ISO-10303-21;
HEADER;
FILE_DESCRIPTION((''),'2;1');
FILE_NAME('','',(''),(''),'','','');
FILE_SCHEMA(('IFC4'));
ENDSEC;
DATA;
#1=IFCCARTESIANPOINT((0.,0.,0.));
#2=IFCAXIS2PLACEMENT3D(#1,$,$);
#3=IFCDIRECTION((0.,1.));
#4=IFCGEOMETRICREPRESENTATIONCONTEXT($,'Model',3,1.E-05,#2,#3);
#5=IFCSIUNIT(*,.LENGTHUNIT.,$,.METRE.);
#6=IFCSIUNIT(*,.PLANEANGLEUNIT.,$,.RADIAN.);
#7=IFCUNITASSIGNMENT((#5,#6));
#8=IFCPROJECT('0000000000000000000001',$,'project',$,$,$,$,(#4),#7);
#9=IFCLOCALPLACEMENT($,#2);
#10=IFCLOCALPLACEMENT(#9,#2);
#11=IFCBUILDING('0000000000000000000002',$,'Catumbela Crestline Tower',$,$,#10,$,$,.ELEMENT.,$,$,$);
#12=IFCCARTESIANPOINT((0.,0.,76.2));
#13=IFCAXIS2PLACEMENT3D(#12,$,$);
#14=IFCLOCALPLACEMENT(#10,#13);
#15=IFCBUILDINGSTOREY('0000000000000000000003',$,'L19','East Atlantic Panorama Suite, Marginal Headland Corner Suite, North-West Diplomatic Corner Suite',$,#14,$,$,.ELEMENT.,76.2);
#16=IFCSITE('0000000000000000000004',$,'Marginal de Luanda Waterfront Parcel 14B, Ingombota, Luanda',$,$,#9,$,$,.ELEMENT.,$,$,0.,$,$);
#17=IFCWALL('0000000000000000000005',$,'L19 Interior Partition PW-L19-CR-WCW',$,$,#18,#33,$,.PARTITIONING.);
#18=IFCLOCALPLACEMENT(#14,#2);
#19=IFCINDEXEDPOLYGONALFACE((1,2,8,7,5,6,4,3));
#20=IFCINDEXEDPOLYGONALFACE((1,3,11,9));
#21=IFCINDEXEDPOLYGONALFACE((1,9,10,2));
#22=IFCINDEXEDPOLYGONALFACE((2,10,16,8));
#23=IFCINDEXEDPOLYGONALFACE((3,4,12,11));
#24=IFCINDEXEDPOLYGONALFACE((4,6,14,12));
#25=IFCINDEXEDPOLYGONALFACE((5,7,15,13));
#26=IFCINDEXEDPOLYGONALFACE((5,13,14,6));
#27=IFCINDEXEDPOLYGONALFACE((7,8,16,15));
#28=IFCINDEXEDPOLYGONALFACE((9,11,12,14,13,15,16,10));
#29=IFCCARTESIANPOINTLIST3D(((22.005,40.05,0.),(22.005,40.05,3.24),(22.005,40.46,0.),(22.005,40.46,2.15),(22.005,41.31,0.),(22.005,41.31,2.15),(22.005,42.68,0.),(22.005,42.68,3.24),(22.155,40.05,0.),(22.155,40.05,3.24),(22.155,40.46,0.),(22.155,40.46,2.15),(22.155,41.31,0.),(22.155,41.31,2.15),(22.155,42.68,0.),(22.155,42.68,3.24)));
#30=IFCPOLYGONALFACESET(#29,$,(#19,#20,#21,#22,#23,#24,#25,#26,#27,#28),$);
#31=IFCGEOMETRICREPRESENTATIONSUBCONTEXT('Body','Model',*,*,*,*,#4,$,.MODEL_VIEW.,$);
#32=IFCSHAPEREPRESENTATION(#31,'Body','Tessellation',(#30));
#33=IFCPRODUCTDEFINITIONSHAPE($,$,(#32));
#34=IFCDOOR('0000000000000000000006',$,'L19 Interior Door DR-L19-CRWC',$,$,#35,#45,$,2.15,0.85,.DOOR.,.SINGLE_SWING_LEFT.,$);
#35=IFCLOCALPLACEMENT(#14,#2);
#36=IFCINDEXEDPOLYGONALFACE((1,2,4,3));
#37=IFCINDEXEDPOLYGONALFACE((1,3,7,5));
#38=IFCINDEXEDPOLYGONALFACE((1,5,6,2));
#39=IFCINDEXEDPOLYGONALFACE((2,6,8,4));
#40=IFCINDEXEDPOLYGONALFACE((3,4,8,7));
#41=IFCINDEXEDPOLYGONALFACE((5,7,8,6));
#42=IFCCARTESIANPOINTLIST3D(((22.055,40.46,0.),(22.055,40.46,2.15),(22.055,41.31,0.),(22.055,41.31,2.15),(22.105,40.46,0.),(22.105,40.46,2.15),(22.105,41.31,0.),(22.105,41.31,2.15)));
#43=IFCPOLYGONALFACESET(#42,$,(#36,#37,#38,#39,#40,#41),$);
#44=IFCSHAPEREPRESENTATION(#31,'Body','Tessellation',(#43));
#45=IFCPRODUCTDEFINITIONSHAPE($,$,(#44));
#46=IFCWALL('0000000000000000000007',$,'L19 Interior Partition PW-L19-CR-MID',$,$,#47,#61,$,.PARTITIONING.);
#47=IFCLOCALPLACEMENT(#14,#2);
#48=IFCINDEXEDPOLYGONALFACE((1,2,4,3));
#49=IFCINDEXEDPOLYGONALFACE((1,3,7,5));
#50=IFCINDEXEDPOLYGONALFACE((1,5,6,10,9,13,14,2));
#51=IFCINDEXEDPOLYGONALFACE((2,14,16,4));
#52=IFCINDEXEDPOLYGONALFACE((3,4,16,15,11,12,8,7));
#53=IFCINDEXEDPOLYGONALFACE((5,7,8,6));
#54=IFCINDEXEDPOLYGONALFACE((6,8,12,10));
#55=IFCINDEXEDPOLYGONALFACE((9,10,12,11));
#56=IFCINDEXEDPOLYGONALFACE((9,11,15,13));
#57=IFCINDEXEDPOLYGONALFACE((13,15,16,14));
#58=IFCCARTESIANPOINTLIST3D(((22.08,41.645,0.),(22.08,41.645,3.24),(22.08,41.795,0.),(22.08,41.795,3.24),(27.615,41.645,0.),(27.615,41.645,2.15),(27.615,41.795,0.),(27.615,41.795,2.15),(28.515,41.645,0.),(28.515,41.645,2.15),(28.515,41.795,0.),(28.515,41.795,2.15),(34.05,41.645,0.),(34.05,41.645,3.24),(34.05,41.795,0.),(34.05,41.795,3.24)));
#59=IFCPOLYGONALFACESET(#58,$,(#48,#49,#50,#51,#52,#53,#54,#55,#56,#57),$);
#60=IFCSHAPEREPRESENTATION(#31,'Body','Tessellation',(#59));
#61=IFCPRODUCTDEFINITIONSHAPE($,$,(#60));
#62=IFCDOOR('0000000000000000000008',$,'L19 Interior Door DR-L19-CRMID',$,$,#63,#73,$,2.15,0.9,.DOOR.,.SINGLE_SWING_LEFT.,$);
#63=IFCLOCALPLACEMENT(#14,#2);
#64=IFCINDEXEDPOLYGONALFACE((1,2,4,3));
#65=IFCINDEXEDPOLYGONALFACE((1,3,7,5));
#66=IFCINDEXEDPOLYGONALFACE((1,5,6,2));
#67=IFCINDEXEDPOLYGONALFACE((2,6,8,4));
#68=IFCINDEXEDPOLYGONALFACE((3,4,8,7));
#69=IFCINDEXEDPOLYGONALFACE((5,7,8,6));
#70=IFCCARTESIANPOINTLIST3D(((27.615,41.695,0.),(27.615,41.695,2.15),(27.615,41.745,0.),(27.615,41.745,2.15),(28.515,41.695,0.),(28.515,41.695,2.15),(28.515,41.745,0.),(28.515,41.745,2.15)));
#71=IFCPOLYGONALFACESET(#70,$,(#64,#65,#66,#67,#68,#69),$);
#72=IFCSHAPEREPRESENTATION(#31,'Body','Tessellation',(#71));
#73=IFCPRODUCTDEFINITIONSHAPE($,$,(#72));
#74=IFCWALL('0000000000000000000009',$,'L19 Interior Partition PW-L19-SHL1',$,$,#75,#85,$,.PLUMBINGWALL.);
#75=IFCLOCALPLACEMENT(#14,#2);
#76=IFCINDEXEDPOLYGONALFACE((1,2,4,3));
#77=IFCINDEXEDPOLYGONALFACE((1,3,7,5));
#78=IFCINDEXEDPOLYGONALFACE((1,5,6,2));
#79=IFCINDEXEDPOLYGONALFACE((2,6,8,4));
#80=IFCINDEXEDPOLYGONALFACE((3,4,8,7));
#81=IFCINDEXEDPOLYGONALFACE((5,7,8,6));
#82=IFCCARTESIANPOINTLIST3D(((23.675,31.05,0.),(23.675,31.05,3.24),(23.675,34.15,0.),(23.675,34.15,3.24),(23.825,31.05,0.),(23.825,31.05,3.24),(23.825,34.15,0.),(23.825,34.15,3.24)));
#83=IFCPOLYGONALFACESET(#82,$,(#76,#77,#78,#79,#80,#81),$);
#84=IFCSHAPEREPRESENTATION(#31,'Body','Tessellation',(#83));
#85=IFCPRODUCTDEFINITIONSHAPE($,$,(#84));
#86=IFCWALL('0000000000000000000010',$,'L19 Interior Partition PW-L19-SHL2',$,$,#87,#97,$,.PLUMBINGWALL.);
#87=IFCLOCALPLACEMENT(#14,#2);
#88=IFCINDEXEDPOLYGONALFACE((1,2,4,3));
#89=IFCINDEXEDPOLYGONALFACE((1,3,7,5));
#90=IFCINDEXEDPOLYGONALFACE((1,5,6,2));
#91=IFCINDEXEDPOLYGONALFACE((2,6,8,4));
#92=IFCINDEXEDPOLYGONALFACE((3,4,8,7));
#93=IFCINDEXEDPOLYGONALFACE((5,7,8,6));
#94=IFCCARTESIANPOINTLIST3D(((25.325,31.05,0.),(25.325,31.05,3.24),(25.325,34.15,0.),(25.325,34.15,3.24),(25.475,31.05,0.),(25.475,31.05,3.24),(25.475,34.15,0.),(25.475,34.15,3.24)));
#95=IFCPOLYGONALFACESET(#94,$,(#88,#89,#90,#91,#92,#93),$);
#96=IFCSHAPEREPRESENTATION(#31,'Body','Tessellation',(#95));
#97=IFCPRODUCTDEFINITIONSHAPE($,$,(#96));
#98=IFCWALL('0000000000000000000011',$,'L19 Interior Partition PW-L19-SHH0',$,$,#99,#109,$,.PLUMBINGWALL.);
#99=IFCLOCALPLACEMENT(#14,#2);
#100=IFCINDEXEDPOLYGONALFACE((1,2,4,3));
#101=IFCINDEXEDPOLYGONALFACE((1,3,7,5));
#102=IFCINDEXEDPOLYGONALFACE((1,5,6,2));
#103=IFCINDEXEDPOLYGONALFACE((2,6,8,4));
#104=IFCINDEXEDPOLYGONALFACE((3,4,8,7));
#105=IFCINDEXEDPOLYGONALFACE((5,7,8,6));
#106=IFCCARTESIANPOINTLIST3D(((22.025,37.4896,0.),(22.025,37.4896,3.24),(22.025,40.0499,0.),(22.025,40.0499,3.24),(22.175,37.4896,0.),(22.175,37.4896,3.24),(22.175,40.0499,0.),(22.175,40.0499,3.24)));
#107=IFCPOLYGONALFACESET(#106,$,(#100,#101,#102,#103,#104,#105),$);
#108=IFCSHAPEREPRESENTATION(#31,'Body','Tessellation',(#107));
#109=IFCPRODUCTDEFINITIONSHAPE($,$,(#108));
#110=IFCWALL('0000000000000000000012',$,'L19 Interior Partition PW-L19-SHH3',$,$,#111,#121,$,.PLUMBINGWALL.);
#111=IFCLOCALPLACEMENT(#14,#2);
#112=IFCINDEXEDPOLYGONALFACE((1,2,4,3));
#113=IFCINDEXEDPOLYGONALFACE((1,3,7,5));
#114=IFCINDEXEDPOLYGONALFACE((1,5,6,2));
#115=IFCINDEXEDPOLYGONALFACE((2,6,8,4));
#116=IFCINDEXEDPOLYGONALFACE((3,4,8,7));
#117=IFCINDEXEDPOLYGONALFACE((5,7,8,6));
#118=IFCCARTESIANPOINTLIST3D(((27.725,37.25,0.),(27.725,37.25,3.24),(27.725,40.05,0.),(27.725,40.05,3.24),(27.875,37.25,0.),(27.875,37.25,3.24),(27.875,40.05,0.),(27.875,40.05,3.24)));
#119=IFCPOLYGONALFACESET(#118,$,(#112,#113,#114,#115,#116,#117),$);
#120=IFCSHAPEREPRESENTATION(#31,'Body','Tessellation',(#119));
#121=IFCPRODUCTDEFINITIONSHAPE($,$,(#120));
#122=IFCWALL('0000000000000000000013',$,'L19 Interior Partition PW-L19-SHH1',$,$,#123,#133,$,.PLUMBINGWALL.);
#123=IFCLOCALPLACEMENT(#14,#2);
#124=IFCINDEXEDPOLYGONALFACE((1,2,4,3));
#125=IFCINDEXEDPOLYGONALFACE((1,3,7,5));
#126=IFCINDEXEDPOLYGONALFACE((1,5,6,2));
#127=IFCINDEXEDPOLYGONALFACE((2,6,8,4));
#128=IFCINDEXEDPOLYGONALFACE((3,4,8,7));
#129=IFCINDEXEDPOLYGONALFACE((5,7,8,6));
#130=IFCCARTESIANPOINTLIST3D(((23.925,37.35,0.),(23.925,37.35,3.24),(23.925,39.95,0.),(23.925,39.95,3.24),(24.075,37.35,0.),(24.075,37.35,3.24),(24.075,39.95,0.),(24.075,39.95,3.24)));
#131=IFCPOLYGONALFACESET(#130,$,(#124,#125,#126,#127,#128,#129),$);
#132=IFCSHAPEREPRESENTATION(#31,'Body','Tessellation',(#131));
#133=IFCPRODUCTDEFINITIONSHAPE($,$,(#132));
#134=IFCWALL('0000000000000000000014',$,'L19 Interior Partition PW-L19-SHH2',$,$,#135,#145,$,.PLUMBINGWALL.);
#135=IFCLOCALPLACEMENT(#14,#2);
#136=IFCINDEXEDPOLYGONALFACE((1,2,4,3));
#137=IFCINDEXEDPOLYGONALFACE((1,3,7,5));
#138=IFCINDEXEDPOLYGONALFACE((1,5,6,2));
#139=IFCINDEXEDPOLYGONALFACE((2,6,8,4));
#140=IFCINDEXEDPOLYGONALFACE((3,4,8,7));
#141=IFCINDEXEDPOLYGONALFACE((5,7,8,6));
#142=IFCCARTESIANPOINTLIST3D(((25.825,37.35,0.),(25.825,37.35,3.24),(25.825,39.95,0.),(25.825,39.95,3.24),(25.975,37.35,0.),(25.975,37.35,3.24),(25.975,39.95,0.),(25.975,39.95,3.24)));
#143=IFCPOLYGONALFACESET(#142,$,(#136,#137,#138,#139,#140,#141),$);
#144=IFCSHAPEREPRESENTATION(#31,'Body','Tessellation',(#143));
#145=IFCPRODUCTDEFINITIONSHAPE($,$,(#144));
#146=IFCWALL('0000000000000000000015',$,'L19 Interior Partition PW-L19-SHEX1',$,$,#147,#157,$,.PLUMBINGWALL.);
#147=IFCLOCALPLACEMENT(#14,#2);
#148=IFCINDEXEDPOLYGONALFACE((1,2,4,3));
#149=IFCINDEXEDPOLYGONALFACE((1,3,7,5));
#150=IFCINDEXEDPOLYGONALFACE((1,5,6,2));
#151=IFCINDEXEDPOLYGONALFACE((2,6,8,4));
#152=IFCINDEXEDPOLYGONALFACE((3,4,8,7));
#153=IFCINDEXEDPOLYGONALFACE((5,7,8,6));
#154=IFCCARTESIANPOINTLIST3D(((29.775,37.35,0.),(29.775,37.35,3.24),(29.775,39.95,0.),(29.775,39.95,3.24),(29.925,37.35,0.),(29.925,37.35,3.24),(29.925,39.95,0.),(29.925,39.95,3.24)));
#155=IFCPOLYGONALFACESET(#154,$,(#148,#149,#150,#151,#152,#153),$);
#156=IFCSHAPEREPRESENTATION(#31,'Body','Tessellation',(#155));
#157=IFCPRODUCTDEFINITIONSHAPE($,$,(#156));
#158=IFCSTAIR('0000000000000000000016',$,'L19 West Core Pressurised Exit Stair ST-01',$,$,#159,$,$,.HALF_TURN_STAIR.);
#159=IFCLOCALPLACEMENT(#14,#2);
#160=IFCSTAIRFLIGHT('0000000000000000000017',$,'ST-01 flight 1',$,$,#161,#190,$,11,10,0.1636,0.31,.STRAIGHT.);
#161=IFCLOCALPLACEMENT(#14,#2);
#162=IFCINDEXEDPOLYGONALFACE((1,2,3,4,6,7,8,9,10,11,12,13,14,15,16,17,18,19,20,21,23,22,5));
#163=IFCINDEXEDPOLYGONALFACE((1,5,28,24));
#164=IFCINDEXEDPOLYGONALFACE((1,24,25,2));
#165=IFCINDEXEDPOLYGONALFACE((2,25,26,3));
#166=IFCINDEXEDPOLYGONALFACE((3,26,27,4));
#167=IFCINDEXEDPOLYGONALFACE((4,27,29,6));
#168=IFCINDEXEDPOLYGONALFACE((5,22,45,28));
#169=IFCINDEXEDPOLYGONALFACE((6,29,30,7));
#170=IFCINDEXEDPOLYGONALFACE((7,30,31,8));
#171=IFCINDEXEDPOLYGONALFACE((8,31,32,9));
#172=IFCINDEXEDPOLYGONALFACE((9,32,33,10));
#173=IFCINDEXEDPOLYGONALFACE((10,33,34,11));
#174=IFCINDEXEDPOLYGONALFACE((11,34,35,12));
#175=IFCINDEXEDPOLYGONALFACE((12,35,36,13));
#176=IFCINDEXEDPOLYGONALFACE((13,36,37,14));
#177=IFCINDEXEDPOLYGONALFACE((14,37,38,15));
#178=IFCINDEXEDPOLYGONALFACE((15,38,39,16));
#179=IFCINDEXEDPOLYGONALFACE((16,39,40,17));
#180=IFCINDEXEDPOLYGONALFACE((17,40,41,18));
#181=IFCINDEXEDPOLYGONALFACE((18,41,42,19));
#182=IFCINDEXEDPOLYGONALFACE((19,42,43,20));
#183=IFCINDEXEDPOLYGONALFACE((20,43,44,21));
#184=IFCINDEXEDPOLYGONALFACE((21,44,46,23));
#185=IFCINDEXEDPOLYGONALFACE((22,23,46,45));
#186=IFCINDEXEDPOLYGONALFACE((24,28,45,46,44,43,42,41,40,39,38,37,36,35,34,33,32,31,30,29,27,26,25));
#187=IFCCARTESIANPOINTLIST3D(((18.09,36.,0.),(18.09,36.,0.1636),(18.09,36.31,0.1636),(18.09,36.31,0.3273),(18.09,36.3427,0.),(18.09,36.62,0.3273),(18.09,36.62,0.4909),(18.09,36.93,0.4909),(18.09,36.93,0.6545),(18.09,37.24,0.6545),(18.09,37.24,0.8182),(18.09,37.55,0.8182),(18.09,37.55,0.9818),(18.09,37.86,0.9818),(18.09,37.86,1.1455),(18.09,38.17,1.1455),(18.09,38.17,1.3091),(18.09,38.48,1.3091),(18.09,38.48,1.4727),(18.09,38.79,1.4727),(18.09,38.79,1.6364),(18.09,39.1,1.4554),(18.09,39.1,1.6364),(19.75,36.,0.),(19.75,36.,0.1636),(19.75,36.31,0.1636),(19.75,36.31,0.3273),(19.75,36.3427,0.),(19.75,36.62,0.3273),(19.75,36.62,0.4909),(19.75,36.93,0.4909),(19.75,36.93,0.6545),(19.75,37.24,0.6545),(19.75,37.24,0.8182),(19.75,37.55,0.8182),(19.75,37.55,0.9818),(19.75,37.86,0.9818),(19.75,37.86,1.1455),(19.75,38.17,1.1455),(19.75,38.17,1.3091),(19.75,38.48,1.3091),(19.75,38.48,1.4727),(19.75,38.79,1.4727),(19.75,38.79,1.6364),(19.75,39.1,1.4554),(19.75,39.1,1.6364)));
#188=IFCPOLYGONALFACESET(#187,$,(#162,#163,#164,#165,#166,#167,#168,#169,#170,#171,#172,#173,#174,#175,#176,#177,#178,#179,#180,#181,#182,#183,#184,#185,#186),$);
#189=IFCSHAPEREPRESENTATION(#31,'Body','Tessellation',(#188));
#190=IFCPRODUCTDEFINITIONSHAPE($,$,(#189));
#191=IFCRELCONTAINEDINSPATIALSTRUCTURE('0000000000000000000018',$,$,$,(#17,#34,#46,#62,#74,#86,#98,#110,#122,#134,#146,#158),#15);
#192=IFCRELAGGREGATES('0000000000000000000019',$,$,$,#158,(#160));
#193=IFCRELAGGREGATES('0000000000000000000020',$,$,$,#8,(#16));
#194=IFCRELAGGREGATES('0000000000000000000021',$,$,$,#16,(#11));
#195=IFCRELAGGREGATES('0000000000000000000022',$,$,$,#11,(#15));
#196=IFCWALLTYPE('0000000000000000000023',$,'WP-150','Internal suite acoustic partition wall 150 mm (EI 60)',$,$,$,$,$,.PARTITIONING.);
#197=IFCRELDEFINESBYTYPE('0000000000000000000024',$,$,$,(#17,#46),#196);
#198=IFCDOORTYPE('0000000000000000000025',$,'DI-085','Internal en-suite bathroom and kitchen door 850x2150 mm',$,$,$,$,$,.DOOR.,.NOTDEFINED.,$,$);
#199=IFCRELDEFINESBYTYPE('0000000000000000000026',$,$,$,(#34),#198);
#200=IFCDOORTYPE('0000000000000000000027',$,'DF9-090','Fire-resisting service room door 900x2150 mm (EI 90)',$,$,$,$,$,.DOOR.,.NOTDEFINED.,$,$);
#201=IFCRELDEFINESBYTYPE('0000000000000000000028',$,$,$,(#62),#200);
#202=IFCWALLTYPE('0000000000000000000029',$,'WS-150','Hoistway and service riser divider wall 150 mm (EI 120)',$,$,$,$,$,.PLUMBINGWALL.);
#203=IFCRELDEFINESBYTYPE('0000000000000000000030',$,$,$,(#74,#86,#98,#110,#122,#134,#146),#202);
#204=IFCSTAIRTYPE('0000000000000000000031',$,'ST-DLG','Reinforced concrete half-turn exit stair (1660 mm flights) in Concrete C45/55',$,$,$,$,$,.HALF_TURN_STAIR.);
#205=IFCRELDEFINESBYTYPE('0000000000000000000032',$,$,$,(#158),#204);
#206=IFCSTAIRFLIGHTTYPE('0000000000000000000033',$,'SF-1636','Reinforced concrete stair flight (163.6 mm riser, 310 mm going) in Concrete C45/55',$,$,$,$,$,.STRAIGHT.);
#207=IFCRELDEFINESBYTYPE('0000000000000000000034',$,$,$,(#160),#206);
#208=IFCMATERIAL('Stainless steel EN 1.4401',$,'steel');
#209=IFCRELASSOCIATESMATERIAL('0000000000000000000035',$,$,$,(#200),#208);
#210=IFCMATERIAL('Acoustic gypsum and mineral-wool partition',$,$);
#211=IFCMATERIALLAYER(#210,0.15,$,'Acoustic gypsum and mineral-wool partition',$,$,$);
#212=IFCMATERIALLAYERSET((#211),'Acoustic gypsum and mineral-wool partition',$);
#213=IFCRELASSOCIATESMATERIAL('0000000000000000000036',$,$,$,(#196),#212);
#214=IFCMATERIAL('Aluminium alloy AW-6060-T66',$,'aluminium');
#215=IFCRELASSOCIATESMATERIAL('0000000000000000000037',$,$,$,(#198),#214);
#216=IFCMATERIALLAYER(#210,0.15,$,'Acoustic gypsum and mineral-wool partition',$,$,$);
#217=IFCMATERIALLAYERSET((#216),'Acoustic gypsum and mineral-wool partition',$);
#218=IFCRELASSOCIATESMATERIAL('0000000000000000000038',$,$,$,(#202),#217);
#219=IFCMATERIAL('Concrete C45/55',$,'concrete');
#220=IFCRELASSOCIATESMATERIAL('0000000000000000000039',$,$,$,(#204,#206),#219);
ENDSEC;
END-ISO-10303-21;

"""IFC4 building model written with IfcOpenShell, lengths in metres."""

from ifc_helpers import new_model, si_unit, direction, frame, frame_2d, origin, place, context, subcontext, project, spatial, polyline, rectangle, outline, extrude, material, layer, layer_set, type_object, element, fill, aggregate, save


model = new_model("IFC4")

# Units and contexts
model_context = context("Model", 3, precision=1e-05, world=origin(), true_north=direction((0.0, 1.0)))
body_context = subcontext(model_context, "Body", "Model", "MODEL_VIEW")
ifc_project = project(units=[si_unit("LENGTHUNIT", "METRE"), si_unit("PLANEANGLEUNIT", "RADIAN")], contexts=[model_context])

# Site, building, storey
site_placement = place(None, origin())
site = spatial("IfcSite", under=ifc_project, at=site_placement, Name="Marginal de Luanda Waterfront Parcel 14B, Ingombota, Luanda", CompositionType="ELEMENT", RefElevation=0.0)
building_placement = place(site_placement, origin())
building = spatial("IfcBuilding", under=site, at=building_placement, Name="Catumbela Crestline Tower", CompositionType="ELEMENT")
storey_placement = place(building_placement, frame((0.0, 0.0, 76.2)))
storey = spatial("IfcBuildingStorey", under=building, at=storey_placement, Name="L19", Description="East Atlantic Panorama Suite, Marginal Headland Corner Suite, North-West Diplomatic Corner Suite", CompositionType="ELEMENT", Elevation=76.2)

# Shared definitions
ifc_material_1 = material(Name="Aluminium alloy AW-6060-T66", Category="aluminium")

# Shared definitions
ifc_material_2 = material(Name="Stainless steel EN 1.4401", Category="steel")

# Shared definitions
door_type_1 = type_object("IfcDoorType", Name="DF9-090", Description="Fire-resisting service room door 900x2150 mm (EI 90)", OperationType="NOTDEFINED", PredefinedType="DOOR", material=ifc_material_2)

# Walls, openings, doors
ifc_material_3 = material(Name="Acoustic gypsum and mineral-wool partition")
ifc_layer_1 = layer(ifc_material_3, 0.15, Name="Acoustic gypsum and mineral-wool partition")
ifc_layer_set_1 = layer_set([ifc_layer_1], Name="Acoustic gypsum and mineral-wool partition")
wall_type_1 = type_object("IfcWallType", Name="WP-150", Description="Internal suite acoustic partition wall 150 mm (EI 60)", PredefinedType="PARTITIONING", material=ifc_layer_set_1)
wall_1_placement = place(storey_placement, frame((22.08, 40.05, 0.0), z_axis=(0.0, 0.0, 1.0), x_axis=(0.0, 1.0, 0.0)))
wall_1 = element("IfcWall", 1, at=wall_1_placement, inside=storey, type_object=wall_type_1, Name="L19 Interior Partition PW-L19-CR-WCW", PredefinedType="PARTITIONING", context=body_context, shape_type="SweptSolid", body=[
    extrude(rectangle(XDim=2.63, YDim=0.15, at=frame_2d((1.315, 0.0))), origin(), (0.0, 0.0, 1.0), 3.24),
])
opening_1_placement = place(wall_1_placement, frame((0.41, 0.0, 0.0)))
opening_1 = element("IfcOpeningElement", 2, at=opening_1_placement, cuts=wall_1, PredefinedType="OPENING", context=body_context, shape_type="SweptSolid", body=[
    extrude(rectangle(XDim=0.85, YDim=2.15, at=frame_2d((0.425, 1.075))), frame((0.0, 0.085, 0.0), z_axis=(0.0, -1.0, 0.0), x_axis=(1.0, 0.0, 0.0)), (0.0, 0.0, 1.0), 0.17),
])
door_type_2 = type_object("IfcDoorType", Name="DI-085", Description="Internal en-suite bathroom and kitchen door 850x2150 mm", OperationType="NOTDEFINED", PredefinedType="DOOR", material=ifc_material_1)
door_1_placement = place(opening_1_placement, origin())
door_1 = element("IfcDoor", 3, at=door_1_placement, inside=storey, type_object=door_type_2, Name="L19 Interior Door DR-L19-CRWC", OperationType="SINGLE_SWING_LEFT", OverallHeight=2.15, OverallWidth=0.85, PredefinedType="DOOR", context=body_context, shape_type="SweptSolid", body=[
    extrude(rectangle(XDim=0.85, YDim=2.15, at=frame_2d((0.425, 1.075))), frame((0.0, 0.025, 0.0), z_axis=(0.0, -1.0, 0.0), x_axis=(1.0, 0.0, 0.0)), (0.0, 0.0, 1.0), 0.05),
])
fill(opening_1, door_1)
wall_2_placement = place(storey_placement, frame((22.08, 41.72, 0.0), z_axis=(0.0, 0.0, 1.0), x_axis=(1.0, 0.0, 0.0)))
wall_2 = element("IfcWall", 4, at=wall_2_placement, inside=storey, type_object=wall_type_1, Name="L19 Interior Partition PW-L19-CR-MID", PredefinedType="PARTITIONING", context=body_context, shape_type="SweptSolid", body=[
    extrude(rectangle(XDim=11.97, YDim=0.15, at=frame_2d((5.985, 0.0))), origin(), (0.0, 0.0, 1.0), 3.24),
])
opening_2_placement = place(wall_2_placement, frame((5.535, 0.0, 0.0)))
opening_2 = element("IfcOpeningElement", 5, at=opening_2_placement, cuts=wall_2, PredefinedType="OPENING", context=body_context, shape_type="SweptSolid", body=[
    extrude(rectangle(XDim=0.9, YDim=2.15, at=frame_2d((0.45, 1.075))), frame((0.0, 0.085, 0.0), z_axis=(0.0, -1.0, 0.0), x_axis=(1.0, 0.0, 0.0)), (0.0, 0.0, 1.0), 0.17),
])
door_2_placement = place(opening_2_placement, origin())
door_2 = element("IfcDoor", 6, at=door_2_placement, inside=storey, type_object=door_type_1, Name="L19 Interior Door DR-L19-CRMID", OperationType="SINGLE_SWING_LEFT", OverallHeight=2.15, OverallWidth=0.9, PredefinedType="DOOR", context=body_context, shape_type="SweptSolid", body=[
    extrude(rectangle(XDim=0.9, YDim=2.15, at=frame_2d((0.45, 1.075))), frame((0.0, 0.025, 0.0), z_axis=(0.0, -1.0, 0.0), x_axis=(1.0, 0.0, 0.0)), (0.0, 0.0, 1.0), 0.05),
])
fill(opening_2, door_2)

# Walls
ifc_layer_2 = layer(ifc_material_3, 0.15, Name="Acoustic gypsum and mineral-wool partition")
ifc_layer_set_2 = layer_set([ifc_layer_2], Name="Acoustic gypsum and mineral-wool partition")
wall_type_2 = type_object("IfcWallType", Name="WS-150", Description="Hoistway and service riser divider wall 150 mm (EI 120)", PredefinedType="PLUMBINGWALL", material=ifc_layer_set_2)
for number, where, z_axis, x_axis, name in (
    (7, (23.75, 31.05, 0.0), (0.0, 0.0, 1.0), (0.0, 1.0, 0.0), "L19 Interior Partition PW-L19-SHL1"),
    (8, (25.4, 31.05, 0.0), (0.0, 0.0, 1.0), (0.0, 1.0, 0.0), "L19 Interior Partition PW-L19-SHL2"),
):
    element("IfcWall", number, at=place(storey_placement, frame(where, z_axis=z_axis, x_axis=x_axis)), inside=storey, type_object=wall_type_2, Name=name, PredefinedType="PLUMBINGWALL", context=body_context, shape_type="SweptSolid", body=[
        extrude(rectangle(XDim=3.1, YDim=0.15, at=frame_2d((1.55, 0.0))), origin(), (0.0, 0.0, 1.0), 3.24),
    ])
wall_3_placement = place(storey_placement, frame((22.1, 37.4897, 0.0), z_axis=(0.0, 0.0, 1.0), x_axis=(0.0, 1.0, 0.0)))
element("IfcWall", 9, at=wall_3_placement, inside=storey, type_object=wall_type_2, Name="L19 Interior Partition PW-L19-SHH0", PredefinedType="PLUMBINGWALL", context=body_context, shape_type="SweptSolid", body=[
    extrude(rectangle(XDim=2.5603, YDim=0.15, at=frame_2d((1.2801, 0.0))), origin(), (0.0, 0.0, 1.0), 3.24),
])
wall_4_placement = place(storey_placement, frame((27.8, 37.25, 0.0), z_axis=(0.0, 0.0, 1.0), x_axis=(0.0, 1.0, 0.0)))
element("IfcWall", 10, at=wall_4_placement, inside=storey, type_object=wall_type_2, Name="L19 Interior Partition PW-L19-SHH3", PredefinedType="PLUMBINGWALL", context=body_context, shape_type="SweptSolid", body=[
    extrude(rectangle(XDim=2.8, YDim=0.15, at=frame_2d((1.4, 0.0))), origin(), (0.0, 0.0, 1.0), 3.24),
])
for number, where, z_axis, x_axis, name in (
    (11, (24.0, 37.35, 0.0), (0.0, 0.0, 1.0), (0.0, 1.0, 0.0), "L19 Interior Partition PW-L19-SHH1"),
    (12, (25.9, 37.35, 0.0), (0.0, 0.0, 1.0), (0.0, 1.0, 0.0), "L19 Interior Partition PW-L19-SHH2"),
    (13, (29.85, 37.35, 0.0), (0.0, 0.0, 1.0), (0.0, 1.0, 0.0), "L19 Interior Partition PW-L19-SHEX1"),
):
    element("IfcWall", number, at=place(storey_placement, frame(where, z_axis=z_axis, x_axis=x_axis)), inside=storey, type_object=wall_type_2, Name=name, PredefinedType="PLUMBINGWALL", context=body_context, shape_type="SweptSolid", body=[
        extrude(rectangle(XDim=2.6, YDim=0.15, at=frame_2d((1.3, 0.0))), origin(), (0.0, 0.0, 1.0), 3.24),
    ])

# Stair, stair flight
ifc_material_4 = material(Name="Concrete C45/55", Category="concrete")
stair_type = type_object("IfcStairType", Name="ST-DLG", Description="Reinforced concrete half-turn exit stair (1660 mm flights) in Concrete C45/55", PredefinedType="HALF_TURN_STAIR", material=ifc_material_4)
stair_placement = place(storey_placement, origin())
stair = element("IfcStair", 14, at=stair_placement, inside=storey, type_object=stair_type, Name="L19 West Core Pressurised Exit Stair ST-01", PredefinedType="HALF_TURN_STAIR")
stair_flight_type = type_object("IfcStairFlightType", Name="SF-1636", Description="Reinforced concrete stair flight (163.6 mm riser, 310 mm going) in Concrete C45/55", PredefinedType="STRAIGHT", material=ifc_material_4)
stair_flight_placement = place(storey_placement, frame((18.92, 36.0, 0.0), z_axis=(0.0, 0.0, 1.0), x_axis=(0.0, 1.0, 0.0)))
stair_flight = element("IfcStairFlight", 15, at=stair_flight_placement, type_object=stair_flight_type, Name="ST-01 flight 1", NumberOfRisers=11, NumberOfTreads=10, PredefinedType="STRAIGHT", RiserHeight=0.1636, TreadLength=0.31, context=body_context, shape_type="SweptSolid", body=[
    extrude(outline(polyline([(0.0, 0.0), (0.0, 0.1636), (0.31, 0.1636), (0.31, 0.3273), (0.62, 0.3273), (0.62, 0.4909), (0.93, 0.4909), (0.93, 0.6545), (1.24, 0.6545), (1.24, 0.8182), (1.55, 0.8182), (1.55, 0.9818), (1.86, 0.9818), (1.86, 1.1455), (2.17, 1.1455), (2.17, 1.3091), (2.48, 1.3091), (2.48, 1.4727), (2.79, 1.4727), (2.79, 1.6364), (3.1, 1.6364), (3.1, 1.8), (3.1, 1.4554), (0.3427, 0.0), (0.0, 0.0)])), frame((0.0, 0.83, 0.0), z_axis=(0.0, -1.0, 0.0), x_axis=(1.0, 0.0, 0.0)), (0.0, 0.0, 1.0), 1.66),
])
aggregate(stair, [stair_flight])

save(model, "model.ifc")
